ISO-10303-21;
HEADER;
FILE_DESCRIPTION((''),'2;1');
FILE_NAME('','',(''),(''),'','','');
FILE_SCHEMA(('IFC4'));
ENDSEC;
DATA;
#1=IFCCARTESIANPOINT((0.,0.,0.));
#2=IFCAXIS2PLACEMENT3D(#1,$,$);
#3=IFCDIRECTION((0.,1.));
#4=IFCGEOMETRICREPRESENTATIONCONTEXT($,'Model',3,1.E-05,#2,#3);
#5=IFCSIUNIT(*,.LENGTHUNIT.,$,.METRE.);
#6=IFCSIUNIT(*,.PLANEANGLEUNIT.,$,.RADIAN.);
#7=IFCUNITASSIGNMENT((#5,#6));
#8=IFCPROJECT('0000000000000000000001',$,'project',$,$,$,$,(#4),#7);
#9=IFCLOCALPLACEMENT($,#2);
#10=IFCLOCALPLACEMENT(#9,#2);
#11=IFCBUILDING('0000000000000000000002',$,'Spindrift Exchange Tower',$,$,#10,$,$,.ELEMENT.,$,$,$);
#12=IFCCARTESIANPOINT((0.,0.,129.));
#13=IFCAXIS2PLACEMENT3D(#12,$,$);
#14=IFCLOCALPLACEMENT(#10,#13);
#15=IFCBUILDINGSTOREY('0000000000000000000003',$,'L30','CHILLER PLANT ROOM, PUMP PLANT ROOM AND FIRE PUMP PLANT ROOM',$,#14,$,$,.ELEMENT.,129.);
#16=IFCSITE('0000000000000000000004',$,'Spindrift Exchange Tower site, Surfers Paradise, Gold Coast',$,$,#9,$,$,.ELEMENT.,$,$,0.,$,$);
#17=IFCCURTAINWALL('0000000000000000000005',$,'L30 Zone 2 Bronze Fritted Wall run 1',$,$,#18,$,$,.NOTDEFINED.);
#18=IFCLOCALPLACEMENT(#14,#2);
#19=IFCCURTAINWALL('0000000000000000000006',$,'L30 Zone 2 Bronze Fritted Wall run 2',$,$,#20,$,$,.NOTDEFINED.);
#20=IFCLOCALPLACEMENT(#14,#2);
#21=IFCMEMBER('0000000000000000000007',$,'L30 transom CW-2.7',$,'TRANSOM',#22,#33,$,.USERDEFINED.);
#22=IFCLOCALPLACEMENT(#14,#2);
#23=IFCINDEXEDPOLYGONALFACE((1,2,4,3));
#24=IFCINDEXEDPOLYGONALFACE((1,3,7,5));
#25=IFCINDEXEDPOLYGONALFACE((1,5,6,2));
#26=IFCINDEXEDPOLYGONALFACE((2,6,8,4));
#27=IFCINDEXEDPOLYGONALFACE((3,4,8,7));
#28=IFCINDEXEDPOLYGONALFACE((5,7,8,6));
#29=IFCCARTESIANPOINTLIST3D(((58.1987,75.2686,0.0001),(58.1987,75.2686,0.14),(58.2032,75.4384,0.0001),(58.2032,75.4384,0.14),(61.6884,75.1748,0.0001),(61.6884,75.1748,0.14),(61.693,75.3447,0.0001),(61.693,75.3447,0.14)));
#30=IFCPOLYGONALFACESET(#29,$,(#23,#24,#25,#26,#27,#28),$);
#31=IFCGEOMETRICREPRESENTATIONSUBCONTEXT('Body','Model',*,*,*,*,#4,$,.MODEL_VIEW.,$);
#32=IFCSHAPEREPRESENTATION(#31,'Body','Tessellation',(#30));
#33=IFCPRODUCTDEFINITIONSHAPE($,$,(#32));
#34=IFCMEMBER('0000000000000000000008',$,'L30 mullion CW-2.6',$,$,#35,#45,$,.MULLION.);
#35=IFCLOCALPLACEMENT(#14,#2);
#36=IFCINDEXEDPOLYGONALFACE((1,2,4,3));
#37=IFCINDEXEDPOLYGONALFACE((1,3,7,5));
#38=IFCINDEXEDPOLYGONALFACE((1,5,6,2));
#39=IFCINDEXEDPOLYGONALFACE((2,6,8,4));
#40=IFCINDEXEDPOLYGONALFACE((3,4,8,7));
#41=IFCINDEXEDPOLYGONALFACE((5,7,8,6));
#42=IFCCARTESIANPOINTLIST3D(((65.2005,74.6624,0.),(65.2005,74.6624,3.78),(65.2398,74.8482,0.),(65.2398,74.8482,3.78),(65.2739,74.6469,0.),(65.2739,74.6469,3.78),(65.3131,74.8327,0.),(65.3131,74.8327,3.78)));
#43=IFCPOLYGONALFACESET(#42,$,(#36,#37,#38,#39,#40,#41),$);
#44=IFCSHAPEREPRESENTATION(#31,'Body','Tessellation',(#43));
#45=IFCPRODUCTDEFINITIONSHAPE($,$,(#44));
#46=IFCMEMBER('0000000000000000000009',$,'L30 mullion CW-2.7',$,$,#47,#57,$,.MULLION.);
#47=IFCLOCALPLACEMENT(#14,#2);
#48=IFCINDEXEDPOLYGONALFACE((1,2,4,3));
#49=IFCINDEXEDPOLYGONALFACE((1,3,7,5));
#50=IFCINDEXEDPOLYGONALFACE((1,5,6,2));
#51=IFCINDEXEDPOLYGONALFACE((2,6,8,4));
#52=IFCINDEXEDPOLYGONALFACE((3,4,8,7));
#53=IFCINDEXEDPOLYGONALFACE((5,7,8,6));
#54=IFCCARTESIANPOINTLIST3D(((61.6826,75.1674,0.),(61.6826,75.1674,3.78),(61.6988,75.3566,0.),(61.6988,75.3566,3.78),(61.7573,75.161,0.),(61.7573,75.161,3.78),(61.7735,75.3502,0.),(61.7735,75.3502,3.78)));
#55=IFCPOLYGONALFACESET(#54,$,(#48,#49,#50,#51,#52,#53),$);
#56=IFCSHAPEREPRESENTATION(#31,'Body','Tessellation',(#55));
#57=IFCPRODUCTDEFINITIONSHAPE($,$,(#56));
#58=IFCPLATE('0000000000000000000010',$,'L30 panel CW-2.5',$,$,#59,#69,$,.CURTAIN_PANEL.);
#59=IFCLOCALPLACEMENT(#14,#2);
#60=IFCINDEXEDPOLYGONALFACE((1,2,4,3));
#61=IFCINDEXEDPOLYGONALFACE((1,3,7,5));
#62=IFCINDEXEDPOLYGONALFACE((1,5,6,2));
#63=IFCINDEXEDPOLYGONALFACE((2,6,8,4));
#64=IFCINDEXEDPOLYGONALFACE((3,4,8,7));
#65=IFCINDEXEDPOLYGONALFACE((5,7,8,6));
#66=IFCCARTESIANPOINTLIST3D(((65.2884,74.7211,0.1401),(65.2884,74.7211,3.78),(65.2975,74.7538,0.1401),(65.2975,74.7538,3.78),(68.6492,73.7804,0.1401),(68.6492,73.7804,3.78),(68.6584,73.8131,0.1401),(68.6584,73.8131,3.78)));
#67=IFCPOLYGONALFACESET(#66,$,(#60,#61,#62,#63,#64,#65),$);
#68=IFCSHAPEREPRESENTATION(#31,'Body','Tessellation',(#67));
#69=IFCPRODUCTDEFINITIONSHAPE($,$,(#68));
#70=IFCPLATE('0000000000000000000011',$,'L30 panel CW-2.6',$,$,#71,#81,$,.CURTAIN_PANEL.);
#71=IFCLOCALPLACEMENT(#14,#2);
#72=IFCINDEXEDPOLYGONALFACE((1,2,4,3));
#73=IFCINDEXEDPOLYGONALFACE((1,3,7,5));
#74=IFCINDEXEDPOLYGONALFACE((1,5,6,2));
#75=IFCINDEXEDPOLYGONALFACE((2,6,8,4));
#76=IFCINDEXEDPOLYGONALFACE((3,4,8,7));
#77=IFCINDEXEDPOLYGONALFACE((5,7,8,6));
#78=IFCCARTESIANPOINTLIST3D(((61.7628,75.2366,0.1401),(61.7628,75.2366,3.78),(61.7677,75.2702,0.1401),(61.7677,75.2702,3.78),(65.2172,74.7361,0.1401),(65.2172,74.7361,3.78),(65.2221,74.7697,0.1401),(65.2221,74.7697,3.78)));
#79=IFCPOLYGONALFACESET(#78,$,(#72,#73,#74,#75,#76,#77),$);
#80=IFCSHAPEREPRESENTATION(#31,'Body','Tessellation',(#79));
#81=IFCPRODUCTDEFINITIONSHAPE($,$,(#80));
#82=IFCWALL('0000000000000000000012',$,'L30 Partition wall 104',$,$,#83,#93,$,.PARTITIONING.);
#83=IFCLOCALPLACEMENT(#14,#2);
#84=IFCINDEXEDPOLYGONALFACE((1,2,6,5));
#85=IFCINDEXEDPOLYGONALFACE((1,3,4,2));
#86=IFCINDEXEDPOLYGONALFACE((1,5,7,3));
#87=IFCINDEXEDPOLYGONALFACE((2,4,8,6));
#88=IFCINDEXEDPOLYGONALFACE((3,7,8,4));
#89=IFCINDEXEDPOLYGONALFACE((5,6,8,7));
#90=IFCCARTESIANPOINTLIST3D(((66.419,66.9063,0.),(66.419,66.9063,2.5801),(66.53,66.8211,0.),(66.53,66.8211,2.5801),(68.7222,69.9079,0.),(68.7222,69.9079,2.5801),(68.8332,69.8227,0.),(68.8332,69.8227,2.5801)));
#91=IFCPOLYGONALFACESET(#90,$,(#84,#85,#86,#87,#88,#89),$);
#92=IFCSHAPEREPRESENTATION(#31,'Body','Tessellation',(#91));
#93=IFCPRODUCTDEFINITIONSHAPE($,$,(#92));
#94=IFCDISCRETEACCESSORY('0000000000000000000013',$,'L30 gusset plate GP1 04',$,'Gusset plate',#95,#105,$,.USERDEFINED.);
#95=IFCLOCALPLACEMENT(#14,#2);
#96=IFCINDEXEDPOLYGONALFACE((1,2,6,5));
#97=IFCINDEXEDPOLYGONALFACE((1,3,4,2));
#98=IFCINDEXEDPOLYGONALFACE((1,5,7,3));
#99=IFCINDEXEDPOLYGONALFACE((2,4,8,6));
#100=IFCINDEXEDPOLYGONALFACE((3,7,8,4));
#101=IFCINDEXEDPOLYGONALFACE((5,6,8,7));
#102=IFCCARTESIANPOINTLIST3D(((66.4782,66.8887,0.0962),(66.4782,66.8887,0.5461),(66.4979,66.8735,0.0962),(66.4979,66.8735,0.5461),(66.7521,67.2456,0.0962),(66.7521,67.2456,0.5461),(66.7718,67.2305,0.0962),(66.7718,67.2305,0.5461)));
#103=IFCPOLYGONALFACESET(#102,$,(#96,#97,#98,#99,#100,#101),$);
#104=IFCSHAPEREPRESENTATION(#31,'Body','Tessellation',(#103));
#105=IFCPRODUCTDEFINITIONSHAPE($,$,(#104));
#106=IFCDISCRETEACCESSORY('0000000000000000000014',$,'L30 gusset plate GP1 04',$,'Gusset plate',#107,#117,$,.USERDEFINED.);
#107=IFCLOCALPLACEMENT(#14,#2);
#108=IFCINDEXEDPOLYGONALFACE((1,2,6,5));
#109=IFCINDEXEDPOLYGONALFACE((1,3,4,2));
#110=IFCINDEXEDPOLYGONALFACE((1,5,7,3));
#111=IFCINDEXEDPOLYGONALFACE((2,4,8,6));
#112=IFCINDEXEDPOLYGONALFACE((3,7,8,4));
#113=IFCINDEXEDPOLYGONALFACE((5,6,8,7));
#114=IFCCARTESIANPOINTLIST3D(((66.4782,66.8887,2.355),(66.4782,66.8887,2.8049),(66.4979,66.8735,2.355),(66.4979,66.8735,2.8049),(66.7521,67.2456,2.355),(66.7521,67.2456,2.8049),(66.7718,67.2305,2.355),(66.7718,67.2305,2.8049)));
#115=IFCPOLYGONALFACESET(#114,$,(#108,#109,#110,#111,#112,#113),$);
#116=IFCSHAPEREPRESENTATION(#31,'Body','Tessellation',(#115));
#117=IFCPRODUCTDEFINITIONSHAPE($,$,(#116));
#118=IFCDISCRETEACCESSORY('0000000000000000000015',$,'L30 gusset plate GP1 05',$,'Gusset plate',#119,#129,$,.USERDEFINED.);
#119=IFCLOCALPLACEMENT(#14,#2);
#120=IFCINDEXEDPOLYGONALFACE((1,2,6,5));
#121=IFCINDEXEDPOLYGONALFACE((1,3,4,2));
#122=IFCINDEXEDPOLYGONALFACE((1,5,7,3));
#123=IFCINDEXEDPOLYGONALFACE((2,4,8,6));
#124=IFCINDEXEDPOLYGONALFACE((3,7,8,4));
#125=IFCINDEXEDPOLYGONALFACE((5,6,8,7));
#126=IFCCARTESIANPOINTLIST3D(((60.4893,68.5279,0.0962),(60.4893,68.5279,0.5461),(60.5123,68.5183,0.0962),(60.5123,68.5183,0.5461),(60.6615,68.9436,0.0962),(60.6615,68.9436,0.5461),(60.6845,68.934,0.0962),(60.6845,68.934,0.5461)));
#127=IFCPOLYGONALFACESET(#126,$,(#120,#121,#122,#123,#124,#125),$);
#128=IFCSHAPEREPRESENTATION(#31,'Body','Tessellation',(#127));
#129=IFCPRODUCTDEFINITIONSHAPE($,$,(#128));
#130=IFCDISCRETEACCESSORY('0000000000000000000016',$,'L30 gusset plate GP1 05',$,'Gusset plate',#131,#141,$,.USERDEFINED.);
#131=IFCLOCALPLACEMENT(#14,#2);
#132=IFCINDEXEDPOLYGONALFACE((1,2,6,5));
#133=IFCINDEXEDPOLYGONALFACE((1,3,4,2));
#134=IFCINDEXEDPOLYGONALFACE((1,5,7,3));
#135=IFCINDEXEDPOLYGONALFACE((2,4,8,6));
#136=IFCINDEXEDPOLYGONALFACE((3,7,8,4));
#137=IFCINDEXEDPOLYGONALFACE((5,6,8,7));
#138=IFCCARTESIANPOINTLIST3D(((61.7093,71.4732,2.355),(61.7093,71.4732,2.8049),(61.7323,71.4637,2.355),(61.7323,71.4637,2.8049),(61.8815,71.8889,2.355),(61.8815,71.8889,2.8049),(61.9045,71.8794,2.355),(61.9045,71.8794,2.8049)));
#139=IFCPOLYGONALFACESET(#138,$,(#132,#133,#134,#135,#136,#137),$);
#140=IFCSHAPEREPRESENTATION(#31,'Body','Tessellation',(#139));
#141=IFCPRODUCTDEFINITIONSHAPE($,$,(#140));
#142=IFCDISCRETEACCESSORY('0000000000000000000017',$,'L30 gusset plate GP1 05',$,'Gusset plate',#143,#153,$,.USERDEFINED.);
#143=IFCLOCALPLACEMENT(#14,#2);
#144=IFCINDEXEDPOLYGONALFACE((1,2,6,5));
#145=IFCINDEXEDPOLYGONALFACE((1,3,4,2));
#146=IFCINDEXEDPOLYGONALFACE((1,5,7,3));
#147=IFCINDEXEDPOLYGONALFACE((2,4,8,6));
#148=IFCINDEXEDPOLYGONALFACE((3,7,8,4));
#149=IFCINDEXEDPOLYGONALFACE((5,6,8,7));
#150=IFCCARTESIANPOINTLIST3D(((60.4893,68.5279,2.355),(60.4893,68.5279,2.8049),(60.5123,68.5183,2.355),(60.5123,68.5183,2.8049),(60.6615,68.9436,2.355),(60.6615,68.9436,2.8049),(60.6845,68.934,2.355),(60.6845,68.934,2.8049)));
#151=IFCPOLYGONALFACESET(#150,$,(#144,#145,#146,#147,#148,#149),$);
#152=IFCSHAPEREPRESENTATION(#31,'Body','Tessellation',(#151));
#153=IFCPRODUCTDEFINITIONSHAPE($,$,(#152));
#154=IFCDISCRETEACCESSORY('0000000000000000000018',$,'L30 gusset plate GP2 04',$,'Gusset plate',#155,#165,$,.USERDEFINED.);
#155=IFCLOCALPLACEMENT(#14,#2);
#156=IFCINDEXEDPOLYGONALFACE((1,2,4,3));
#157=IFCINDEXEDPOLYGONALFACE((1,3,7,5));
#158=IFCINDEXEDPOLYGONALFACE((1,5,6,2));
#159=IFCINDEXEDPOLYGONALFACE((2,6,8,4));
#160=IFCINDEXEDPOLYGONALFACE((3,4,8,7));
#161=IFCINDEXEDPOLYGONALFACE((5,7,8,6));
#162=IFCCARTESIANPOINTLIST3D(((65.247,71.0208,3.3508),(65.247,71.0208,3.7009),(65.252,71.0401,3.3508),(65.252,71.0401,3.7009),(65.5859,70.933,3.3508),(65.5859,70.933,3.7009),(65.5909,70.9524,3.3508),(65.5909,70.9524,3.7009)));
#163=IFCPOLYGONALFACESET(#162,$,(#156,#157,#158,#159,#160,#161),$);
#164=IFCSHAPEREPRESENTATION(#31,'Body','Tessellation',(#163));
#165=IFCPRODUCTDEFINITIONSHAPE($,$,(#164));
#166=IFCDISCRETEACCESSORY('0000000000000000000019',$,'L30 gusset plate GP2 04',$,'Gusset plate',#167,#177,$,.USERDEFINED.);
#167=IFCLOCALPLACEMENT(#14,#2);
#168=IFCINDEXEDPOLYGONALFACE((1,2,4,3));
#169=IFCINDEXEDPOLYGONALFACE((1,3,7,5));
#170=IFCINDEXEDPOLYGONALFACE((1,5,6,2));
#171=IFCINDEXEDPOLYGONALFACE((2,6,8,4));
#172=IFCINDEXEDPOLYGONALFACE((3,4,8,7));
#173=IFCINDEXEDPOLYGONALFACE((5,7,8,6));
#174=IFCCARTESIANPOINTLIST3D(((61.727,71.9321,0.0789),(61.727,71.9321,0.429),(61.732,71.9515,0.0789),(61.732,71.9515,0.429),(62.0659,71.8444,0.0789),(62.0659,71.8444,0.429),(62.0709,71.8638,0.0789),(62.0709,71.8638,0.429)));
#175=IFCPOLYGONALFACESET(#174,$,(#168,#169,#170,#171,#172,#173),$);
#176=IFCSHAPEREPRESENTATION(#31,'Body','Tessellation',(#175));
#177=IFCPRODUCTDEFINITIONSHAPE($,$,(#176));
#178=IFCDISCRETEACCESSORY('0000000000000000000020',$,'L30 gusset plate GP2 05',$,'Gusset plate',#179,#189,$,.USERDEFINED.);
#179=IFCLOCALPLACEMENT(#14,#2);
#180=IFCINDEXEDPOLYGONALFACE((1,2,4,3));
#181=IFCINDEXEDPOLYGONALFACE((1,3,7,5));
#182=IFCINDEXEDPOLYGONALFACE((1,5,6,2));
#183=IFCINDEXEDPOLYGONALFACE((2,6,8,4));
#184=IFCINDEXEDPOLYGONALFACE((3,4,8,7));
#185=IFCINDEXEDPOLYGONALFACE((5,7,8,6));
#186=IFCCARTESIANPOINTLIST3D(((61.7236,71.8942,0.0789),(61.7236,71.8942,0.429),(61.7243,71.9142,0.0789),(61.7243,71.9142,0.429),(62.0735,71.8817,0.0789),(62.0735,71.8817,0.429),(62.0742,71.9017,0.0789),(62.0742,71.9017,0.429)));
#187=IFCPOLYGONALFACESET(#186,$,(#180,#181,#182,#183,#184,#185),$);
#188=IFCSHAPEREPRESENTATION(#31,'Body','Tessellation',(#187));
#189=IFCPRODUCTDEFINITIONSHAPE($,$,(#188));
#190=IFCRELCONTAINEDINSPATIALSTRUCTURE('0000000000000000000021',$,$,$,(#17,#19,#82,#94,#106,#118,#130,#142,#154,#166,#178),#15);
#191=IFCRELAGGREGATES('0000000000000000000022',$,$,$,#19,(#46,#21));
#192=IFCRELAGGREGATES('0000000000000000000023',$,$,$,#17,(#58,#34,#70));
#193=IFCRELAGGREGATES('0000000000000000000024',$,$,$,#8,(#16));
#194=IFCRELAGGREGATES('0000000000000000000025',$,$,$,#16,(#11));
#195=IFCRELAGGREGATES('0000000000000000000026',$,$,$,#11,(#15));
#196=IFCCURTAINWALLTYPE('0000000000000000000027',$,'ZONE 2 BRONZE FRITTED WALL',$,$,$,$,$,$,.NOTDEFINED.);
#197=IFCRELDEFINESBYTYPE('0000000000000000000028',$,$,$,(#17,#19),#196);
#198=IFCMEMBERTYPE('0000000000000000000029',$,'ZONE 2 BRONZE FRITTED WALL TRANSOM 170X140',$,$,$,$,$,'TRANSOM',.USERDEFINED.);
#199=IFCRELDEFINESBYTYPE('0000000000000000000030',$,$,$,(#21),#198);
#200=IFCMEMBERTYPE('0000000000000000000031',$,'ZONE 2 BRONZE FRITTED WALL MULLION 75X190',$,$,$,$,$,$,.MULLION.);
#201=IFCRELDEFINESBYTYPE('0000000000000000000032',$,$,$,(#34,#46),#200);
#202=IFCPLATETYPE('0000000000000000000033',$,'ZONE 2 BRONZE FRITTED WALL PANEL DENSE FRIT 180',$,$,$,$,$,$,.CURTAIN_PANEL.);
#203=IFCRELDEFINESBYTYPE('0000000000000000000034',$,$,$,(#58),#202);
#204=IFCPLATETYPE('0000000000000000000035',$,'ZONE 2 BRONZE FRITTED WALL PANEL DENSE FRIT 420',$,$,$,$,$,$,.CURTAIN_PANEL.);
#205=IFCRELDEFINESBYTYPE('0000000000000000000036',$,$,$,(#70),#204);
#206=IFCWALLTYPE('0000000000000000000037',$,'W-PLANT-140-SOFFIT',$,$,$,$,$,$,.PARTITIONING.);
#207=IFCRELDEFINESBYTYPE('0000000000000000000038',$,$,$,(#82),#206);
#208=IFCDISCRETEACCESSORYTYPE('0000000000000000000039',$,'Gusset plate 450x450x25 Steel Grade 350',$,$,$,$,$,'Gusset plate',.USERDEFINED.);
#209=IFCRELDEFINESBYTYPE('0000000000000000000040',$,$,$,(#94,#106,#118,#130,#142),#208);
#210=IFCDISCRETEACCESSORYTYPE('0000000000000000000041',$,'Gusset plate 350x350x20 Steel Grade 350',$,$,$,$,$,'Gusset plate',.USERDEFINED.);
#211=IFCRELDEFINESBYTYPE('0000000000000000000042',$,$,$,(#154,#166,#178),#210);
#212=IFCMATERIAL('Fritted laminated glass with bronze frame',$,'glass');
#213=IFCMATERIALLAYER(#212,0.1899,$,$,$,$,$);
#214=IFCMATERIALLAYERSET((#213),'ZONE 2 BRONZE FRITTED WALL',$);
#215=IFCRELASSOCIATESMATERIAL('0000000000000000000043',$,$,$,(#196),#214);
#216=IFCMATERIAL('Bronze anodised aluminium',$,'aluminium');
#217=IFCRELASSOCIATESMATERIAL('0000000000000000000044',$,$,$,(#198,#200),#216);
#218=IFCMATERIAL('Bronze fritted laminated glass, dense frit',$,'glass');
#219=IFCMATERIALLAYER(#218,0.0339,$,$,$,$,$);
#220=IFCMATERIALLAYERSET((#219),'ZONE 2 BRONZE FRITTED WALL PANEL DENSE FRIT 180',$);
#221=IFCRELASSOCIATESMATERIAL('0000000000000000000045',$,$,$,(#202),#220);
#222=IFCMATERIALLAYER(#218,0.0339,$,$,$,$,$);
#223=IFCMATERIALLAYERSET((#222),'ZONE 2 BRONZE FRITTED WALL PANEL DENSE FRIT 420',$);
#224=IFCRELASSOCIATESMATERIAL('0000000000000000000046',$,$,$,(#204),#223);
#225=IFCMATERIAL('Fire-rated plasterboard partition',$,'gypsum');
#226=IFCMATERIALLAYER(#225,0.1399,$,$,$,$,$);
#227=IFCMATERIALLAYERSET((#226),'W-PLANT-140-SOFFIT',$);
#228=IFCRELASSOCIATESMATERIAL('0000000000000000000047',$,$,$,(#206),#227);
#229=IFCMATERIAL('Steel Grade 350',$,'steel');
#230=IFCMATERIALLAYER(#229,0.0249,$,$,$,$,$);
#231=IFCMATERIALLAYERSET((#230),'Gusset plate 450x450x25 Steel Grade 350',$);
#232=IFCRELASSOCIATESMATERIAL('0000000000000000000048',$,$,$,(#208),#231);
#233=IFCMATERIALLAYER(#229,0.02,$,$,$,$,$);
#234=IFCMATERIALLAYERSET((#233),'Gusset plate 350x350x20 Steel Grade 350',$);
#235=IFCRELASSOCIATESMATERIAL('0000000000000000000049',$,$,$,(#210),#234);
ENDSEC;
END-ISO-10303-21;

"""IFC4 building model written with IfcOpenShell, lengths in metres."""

from ifc_helpers import new_model, si_unit, direction, frame, frame_2d, origin, origin_2d, place, context, subcontext, project, spatial, rectangle, extrude, source, transform, mapped, material, layer, layer_set, material_profile, profile_set, type_object, element, aggregate, save


model = new_model("IFC4")

# Units and contexts
model_context = context("Model", 3, precision=1e-05, world=origin(), true_north=direction((0.0, 1.0)))
body_context = subcontext(model_context, "Body", "Model", "MODEL_VIEW")
ifc_project = project(units=[si_unit("LENGTHUNIT", "METRE"), si_unit("PLANEANGLEUNIT", "RADIAN")], contexts=[model_context])

# Site, building, storey
site_placement = place(None, origin())
site = spatial("IfcSite", under=ifc_project, at=site_placement, Name="Spindrift Exchange Tower site, Surfers Paradise, Gold Coast", CompositionType="ELEMENT", RefElevation=0.0)
building_placement = place(site_placement, origin())
building = spatial("IfcBuilding", under=site, at=building_placement, Name="Spindrift Exchange Tower", CompositionType="ELEMENT")
storey_placement = place(building_placement, frame((0.0, 0.0, 129.0)))
storey = spatial("IfcBuildingStorey", under=building, at=storey_placement, Name="L30", Description="CHILLER PLANT ROOM, PUMP PLANT ROOM AND FIRE PUMP PLANT ROOM", CompositionType="ELEMENT", Elevation=129.0)

# Shared definitions
ifc_material_1 = material(Name="Steel Grade 350", Category="steel")

# Curtain walls, member
ifc_material_2 = material(Name="Fritted laminated glass with bronze frame", Category="glass")
ifc_layer_1 = layer(ifc_material_2, 0.1899)
ifc_layer_set_1 = layer_set([ifc_layer_1], Name="ZONE 2 BRONZE FRITTED WALL")
curtain_wall_type = type_object("IfcCurtainWallType", Name="ZONE 2 BRONZE FRITTED WALL", PredefinedType="NOTDEFINED", material=ifc_layer_set_1)
curtain_wall_1_placement = place(storey_placement, origin())
curtain_wall_1 = element("IfcCurtainWall", 1, at=curtain_wall_1_placement, inside=storey, type_object=curtain_wall_type, Name="L30 Zone 2 Bronze Fritted Wall run 1", PredefinedType="NOTDEFINED")
ifc_material_3 = material(Name="Bronze anodised aluminium", Category="aluminium")
ifc_material_profile_1 = material_profile(ifc_material_3, rectangle(XDim=0.1699, YDim=0.1399, at=origin_2d()), Name="ZONE 2 BRONZE FRITTED WALL TRANSOM 170X140")
ifc_profile_set_1 = profile_set([ifc_material_profile_1], Name="Bronze anodised aluminium")
member_type_1 = type_object("IfcMemberType", Name="ZONE 2 BRONZE FRITTED WALL TRANSOM 170X140", ElementType="TRANSOM", PredefinedType="USERDEFINED", material=ifc_profile_set_1)
curtain_wall_2_placement = place(storey_placement, origin())
curtain_wall_2 = element("IfcCurtainWall", 2, at=curtain_wall_2_placement, inside=storey, type_object=curtain_wall_type, Name="L30 Zone 2 Bronze Fritted Wall run 2", PredefinedType="NOTDEFINED")
shared_shape_1 = source(origin(), body_context, "Body", "SweptSolid", [
    extrude(rectangle(XDim=0.1699, YDim=0.1399, at=origin_2d()), origin(), (0.0, 0.0, 1.0), 3.491),
])
member_1_placement = place(storey_placement, frame((61.6907, 75.2598, 0.0701), z_axis=(-0.999639, 0.026855, 0.0), x_axis=(-0.026855, -0.999639, 0.0)))
member_1 = element("IfcMember", 3, at=member_1_placement, type_object=member_type_1, Name="L30 transom CW-2.7", ObjectType="TRANSOM", PredefinedType="USERDEFINED", context=body_context, shape_type="MappedRepresentation", body=[
    mapped(shared_shape_1, transform((0.0, 0.0, 0.0), scale=1.0)),
])

# Members
ifc_material_profile_2 = material_profile(ifc_material_3, rectangle(XDim=0.075, YDim=0.1899, at=origin_2d()), Name="ZONE 2 BRONZE FRITTED WALL MULLION 75X190")
ifc_profile_set_2 = profile_set([ifc_material_profile_2], Name="Bronze anodised aluminium")
member_type_2 = type_object("IfcMemberType", Name="ZONE 2 BRONZE FRITTED WALL MULLION 75X190", PredefinedType="MULLION", material=ifc_profile_set_2)
shared_shape_2 = source(origin(), body_context, "Body", "SweptSolid", [
    extrude(rectangle(XDim=0.075, YDim=0.1899, at=origin_2d()), origin(), (0.0, 0.0, 1.0), 3.78),
])
member_2_placement = place(storey_placement, frame((65.2568, 74.7476, 0.0), z_axis=(0.0, 0.0, 1.0), x_axis=(-0.978363, 0.206897, 0.0)))
member_2 = element("IfcMember", 4, at=member_2_placement, type_object=member_type_2, Name="L30 mullion CW-2.6", PredefinedType="MULLION", context=body_context, shape_type="MappedRepresentation", body=[
    mapped(shared_shape_2, transform((0.0, 0.0, 0.0), scale=1.0)),
])
member_3_placement = place(storey_placement, frame((61.728, 75.2588, 0.0), z_axis=(0.0, 0.0, 1.0), x_axis=(-0.99636, 0.085251, 0.0)))
member_3 = element("IfcMember", 5, at=member_3_placement, type_object=member_type_2, Name="L30 mullion CW-2.7", PredefinedType="MULLION", context=body_context, shape_type="MappedRepresentation", body=[
    mapped(shared_shape_2, transform((0.0, 0.0, 0.0), scale=1.0)),
])
aggregate(curtain_wall_2, [member_3, member_1])

# Plates
ifc_material_4 = material(Name="Bronze fritted laminated glass, dense frit", Category="glass")
ifc_layer_2 = layer(ifc_material_4, 0.0339)
ifc_layer_set_2 = layer_set([ifc_layer_2], Name="ZONE 2 BRONZE FRITTED WALL PANEL DENSE FRIT 180")
plate_type_1 = type_object("IfcPlateType", Name="ZONE 2 BRONZE FRITTED WALL PANEL DENSE FRIT 180", PredefinedType="CURTAIN_PANEL", material=ifc_layer_set_2)
shared_shape_3 = source(origin(), body_context, "Body", "SweptSolid", [
    extrude(rectangle(XDim=3.49, YDim=0.0339, at=origin_2d()), origin(), (0.0, 0.0, 1.0), 3.6399),
])
plate_1_placement = place(storey_placement, frame((66.9734, 74.2671, 0.1401), z_axis=(0.0, 0.0, 1.0), x_axis=(-0.962991, 0.269535, 0.0)))
plate_1 = element("IfcPlate", 6, at=plate_1_placement, type_object=plate_type_1, Name="L30 panel CW-2.5", PredefinedType="CURTAIN_PANEL", context=body_context, shape_type="MappedRepresentation", body=[
    mapped(shared_shape_3, transform((0.0, 0.0, 0.0), scale=1.0)),
])
ifc_layer_3 = layer(ifc_material_4, 0.0339)
ifc_layer_set_3 = layer_set([ifc_layer_3], Name="ZONE 2 BRONZE FRITTED WALL PANEL DENSE FRIT 420")
plate_type_2 = type_object("IfcPlateType", Name="ZONE 2 BRONZE FRITTED WALL PANEL DENSE FRIT 420", PredefinedType="CURTAIN_PANEL", material=ifc_layer_set_3)
shared_shape_4 = source(origin(), body_context, "Body", "SweptSolid", [
    extrude(rectangle(XDim=3.4905, YDim=0.0339, at=origin_2d()), origin(), (0.0, 0.0, 1.0), 3.6399),
])
plate_2_placement = place(storey_placement, frame((63.4924, 75.0032, 0.1401), z_axis=(0.0, 0.0, 1.0), x_axis=(-0.989665, 0.143399, 0.0)))
plate_2 = element("IfcPlate", 7, at=plate_2_placement, type_object=plate_type_2, Name="L30 panel CW-2.6", PredefinedType="CURTAIN_PANEL", context=body_context, shape_type="MappedRepresentation", body=[
    mapped(shared_shape_4, transform((0.0, 0.0, 0.0), scale=1.0)),
])
aggregate(curtain_wall_1, [plate_1, member_2, plate_2])

# Wall
ifc_material_5 = material(Name="Fire-rated plasterboard partition", Category="gypsum")
ifc_layer_4 = layer(ifc_material_5, 0.1399)
ifc_layer_set_4 = layer_set([ifc_layer_4], Name="W-PLANT-140-SOFFIT")
wall_type = type_object("IfcWallType", Name="W-PLANT-140-SOFFIT", PredefinedType="PARTITIONING", material=ifc_layer_set_4)
wall_placement = place(storey_placement, frame((66.4746, 66.8638, 0.0), z_axis=(0.0, 0.0, 1.0), x_axis=(0.60875, 0.793362, 0.0)))
element("IfcWall", 8, at=wall_placement, inside=storey, type_object=wall_type, Name="L30 Partition wall 104", PredefinedType="PARTITIONING", context=body_context, shape_type="SweptSolid", body=[
    extrude(rectangle(XDim=3.7834, YDim=0.1399, at=frame_2d((1.8916, 0.0))), origin(), (0.0, 0.0, 1.0), 2.5801),
])

# Discrete accessories
ifc_layer_5 = layer(ifc_material_1, 0.0249)
ifc_layer_set_5 = layer_set([ifc_layer_5], Name="Gusset plate 450x450x25 Steel Grade 350")
discrete_accessory_type_1 = type_object("IfcDiscreteAccessoryType", Name="Gusset plate 450x450x25 Steel Grade 350", ElementType="Gusset plate", PredefinedType="USERDEFINED", material=ifc_layer_set_5)
shared_shape_5 = source(origin(), body_context, "Body", "SweptSolid", [
    extrude(rectangle(XDim=0.45, YDim=0.0249, at=origin_2d()), origin(), (0.0, 0.0, 1.0), 0.45),
])
for number, where, z_axis, x_axis, name in (
    (9, (66.625, 67.0596, 0.0962), (0.0, 0.0, 1.0), (0.608766, 0.79335, 0.0), "L30 gusset plate GP1 04"),
    (10, (66.625, 67.0596, 2.355), (0.0, 0.0, 1.0), (0.608761, 0.793353, 0.0), "L30 gusset plate GP1 04"),
    (11, (60.5869, 68.731, 0.0962), (0.0, 0.0, 1.0), (0.382679, 0.923882, 0.0), "L30 gusset plate GP1 05"),
    (12, (61.8069, 71.6763, 2.355), (0.0, 0.0, 1.0), (0.382677, 0.923882, 0.0), "L30 gusset plate GP1 05"),
    (13, (60.5869, 68.731, 2.355), (0.0, 0.0, 1.0), (0.382683, 0.92388, 0.0), "L30 gusset plate GP1 05"),
):
    element("IfcDiscreteAccessory", number, at=place(storey_placement, frame(where, z_axis=z_axis, x_axis=x_axis)), inside=storey, type_object=discrete_accessory_type_1, Name=name, ObjectType="Gusset plate", PredefinedType="USERDEFINED", context=body_context, shape_type="MappedRepresentation", body=[
        mapped(shared_shape_5, transform((0.0, 0.0, 0.0), scale=1.0)),
    ])
ifc_layer_6 = layer(ifc_material_1, 0.02)
ifc_layer_set_6 = layer_set([ifc_layer_6], Name="Gusset plate 350x350x20 Steel Grade 350")
discrete_accessory_type_2 = type_object("IfcDiscreteAccessoryType", Name="Gusset plate 350x350x20 Steel Grade 350", ElementType="Gusset plate", PredefinedType="USERDEFINED", material=ifc_layer_set_6)
shared_shape_6 = source(origin(), body_context, "Body", "SweptSolid", [
    extrude(rectangle(XDim=0.3501, YDim=0.02, at=origin_2d()), origin(), (0.0, 0.0, 1.0), 0.3501),
])
for number, where, z_axis, x_axis, name in (
    (14, (65.4189, 70.9866, 3.3508), (0.0, 0.0, 1.0), (-0.968075, 0.250662, 0.0), "L30 gusset plate GP2 04"),
    (15, (61.8989, 71.8979, 0.0789), (0.0, 0.0, 1.0), (-0.96807, 0.250681, 0.0), "L30 gusset plate GP2 04"),
    (16, (61.8989, 71.8979, 0.0789), (0.0, 0.0, 1.0), (-0.999354, 0.035925, 0.0), "L30 gusset plate GP2 05"),
):
    element("IfcDiscreteAccessory", number, at=place(storey_placement, frame(where, z_axis=z_axis, x_axis=x_axis)), inside=storey, type_object=discrete_accessory_type_2, Name=name, ObjectType="Gusset plate", PredefinedType="USERDEFINED", context=body_context, shape_type="MappedRepresentation", body=[
        mapped(shared_shape_6, transform((0.0, 0.0, 0.0), scale=1.0)),
    ])

save(model, "model.ifc")
